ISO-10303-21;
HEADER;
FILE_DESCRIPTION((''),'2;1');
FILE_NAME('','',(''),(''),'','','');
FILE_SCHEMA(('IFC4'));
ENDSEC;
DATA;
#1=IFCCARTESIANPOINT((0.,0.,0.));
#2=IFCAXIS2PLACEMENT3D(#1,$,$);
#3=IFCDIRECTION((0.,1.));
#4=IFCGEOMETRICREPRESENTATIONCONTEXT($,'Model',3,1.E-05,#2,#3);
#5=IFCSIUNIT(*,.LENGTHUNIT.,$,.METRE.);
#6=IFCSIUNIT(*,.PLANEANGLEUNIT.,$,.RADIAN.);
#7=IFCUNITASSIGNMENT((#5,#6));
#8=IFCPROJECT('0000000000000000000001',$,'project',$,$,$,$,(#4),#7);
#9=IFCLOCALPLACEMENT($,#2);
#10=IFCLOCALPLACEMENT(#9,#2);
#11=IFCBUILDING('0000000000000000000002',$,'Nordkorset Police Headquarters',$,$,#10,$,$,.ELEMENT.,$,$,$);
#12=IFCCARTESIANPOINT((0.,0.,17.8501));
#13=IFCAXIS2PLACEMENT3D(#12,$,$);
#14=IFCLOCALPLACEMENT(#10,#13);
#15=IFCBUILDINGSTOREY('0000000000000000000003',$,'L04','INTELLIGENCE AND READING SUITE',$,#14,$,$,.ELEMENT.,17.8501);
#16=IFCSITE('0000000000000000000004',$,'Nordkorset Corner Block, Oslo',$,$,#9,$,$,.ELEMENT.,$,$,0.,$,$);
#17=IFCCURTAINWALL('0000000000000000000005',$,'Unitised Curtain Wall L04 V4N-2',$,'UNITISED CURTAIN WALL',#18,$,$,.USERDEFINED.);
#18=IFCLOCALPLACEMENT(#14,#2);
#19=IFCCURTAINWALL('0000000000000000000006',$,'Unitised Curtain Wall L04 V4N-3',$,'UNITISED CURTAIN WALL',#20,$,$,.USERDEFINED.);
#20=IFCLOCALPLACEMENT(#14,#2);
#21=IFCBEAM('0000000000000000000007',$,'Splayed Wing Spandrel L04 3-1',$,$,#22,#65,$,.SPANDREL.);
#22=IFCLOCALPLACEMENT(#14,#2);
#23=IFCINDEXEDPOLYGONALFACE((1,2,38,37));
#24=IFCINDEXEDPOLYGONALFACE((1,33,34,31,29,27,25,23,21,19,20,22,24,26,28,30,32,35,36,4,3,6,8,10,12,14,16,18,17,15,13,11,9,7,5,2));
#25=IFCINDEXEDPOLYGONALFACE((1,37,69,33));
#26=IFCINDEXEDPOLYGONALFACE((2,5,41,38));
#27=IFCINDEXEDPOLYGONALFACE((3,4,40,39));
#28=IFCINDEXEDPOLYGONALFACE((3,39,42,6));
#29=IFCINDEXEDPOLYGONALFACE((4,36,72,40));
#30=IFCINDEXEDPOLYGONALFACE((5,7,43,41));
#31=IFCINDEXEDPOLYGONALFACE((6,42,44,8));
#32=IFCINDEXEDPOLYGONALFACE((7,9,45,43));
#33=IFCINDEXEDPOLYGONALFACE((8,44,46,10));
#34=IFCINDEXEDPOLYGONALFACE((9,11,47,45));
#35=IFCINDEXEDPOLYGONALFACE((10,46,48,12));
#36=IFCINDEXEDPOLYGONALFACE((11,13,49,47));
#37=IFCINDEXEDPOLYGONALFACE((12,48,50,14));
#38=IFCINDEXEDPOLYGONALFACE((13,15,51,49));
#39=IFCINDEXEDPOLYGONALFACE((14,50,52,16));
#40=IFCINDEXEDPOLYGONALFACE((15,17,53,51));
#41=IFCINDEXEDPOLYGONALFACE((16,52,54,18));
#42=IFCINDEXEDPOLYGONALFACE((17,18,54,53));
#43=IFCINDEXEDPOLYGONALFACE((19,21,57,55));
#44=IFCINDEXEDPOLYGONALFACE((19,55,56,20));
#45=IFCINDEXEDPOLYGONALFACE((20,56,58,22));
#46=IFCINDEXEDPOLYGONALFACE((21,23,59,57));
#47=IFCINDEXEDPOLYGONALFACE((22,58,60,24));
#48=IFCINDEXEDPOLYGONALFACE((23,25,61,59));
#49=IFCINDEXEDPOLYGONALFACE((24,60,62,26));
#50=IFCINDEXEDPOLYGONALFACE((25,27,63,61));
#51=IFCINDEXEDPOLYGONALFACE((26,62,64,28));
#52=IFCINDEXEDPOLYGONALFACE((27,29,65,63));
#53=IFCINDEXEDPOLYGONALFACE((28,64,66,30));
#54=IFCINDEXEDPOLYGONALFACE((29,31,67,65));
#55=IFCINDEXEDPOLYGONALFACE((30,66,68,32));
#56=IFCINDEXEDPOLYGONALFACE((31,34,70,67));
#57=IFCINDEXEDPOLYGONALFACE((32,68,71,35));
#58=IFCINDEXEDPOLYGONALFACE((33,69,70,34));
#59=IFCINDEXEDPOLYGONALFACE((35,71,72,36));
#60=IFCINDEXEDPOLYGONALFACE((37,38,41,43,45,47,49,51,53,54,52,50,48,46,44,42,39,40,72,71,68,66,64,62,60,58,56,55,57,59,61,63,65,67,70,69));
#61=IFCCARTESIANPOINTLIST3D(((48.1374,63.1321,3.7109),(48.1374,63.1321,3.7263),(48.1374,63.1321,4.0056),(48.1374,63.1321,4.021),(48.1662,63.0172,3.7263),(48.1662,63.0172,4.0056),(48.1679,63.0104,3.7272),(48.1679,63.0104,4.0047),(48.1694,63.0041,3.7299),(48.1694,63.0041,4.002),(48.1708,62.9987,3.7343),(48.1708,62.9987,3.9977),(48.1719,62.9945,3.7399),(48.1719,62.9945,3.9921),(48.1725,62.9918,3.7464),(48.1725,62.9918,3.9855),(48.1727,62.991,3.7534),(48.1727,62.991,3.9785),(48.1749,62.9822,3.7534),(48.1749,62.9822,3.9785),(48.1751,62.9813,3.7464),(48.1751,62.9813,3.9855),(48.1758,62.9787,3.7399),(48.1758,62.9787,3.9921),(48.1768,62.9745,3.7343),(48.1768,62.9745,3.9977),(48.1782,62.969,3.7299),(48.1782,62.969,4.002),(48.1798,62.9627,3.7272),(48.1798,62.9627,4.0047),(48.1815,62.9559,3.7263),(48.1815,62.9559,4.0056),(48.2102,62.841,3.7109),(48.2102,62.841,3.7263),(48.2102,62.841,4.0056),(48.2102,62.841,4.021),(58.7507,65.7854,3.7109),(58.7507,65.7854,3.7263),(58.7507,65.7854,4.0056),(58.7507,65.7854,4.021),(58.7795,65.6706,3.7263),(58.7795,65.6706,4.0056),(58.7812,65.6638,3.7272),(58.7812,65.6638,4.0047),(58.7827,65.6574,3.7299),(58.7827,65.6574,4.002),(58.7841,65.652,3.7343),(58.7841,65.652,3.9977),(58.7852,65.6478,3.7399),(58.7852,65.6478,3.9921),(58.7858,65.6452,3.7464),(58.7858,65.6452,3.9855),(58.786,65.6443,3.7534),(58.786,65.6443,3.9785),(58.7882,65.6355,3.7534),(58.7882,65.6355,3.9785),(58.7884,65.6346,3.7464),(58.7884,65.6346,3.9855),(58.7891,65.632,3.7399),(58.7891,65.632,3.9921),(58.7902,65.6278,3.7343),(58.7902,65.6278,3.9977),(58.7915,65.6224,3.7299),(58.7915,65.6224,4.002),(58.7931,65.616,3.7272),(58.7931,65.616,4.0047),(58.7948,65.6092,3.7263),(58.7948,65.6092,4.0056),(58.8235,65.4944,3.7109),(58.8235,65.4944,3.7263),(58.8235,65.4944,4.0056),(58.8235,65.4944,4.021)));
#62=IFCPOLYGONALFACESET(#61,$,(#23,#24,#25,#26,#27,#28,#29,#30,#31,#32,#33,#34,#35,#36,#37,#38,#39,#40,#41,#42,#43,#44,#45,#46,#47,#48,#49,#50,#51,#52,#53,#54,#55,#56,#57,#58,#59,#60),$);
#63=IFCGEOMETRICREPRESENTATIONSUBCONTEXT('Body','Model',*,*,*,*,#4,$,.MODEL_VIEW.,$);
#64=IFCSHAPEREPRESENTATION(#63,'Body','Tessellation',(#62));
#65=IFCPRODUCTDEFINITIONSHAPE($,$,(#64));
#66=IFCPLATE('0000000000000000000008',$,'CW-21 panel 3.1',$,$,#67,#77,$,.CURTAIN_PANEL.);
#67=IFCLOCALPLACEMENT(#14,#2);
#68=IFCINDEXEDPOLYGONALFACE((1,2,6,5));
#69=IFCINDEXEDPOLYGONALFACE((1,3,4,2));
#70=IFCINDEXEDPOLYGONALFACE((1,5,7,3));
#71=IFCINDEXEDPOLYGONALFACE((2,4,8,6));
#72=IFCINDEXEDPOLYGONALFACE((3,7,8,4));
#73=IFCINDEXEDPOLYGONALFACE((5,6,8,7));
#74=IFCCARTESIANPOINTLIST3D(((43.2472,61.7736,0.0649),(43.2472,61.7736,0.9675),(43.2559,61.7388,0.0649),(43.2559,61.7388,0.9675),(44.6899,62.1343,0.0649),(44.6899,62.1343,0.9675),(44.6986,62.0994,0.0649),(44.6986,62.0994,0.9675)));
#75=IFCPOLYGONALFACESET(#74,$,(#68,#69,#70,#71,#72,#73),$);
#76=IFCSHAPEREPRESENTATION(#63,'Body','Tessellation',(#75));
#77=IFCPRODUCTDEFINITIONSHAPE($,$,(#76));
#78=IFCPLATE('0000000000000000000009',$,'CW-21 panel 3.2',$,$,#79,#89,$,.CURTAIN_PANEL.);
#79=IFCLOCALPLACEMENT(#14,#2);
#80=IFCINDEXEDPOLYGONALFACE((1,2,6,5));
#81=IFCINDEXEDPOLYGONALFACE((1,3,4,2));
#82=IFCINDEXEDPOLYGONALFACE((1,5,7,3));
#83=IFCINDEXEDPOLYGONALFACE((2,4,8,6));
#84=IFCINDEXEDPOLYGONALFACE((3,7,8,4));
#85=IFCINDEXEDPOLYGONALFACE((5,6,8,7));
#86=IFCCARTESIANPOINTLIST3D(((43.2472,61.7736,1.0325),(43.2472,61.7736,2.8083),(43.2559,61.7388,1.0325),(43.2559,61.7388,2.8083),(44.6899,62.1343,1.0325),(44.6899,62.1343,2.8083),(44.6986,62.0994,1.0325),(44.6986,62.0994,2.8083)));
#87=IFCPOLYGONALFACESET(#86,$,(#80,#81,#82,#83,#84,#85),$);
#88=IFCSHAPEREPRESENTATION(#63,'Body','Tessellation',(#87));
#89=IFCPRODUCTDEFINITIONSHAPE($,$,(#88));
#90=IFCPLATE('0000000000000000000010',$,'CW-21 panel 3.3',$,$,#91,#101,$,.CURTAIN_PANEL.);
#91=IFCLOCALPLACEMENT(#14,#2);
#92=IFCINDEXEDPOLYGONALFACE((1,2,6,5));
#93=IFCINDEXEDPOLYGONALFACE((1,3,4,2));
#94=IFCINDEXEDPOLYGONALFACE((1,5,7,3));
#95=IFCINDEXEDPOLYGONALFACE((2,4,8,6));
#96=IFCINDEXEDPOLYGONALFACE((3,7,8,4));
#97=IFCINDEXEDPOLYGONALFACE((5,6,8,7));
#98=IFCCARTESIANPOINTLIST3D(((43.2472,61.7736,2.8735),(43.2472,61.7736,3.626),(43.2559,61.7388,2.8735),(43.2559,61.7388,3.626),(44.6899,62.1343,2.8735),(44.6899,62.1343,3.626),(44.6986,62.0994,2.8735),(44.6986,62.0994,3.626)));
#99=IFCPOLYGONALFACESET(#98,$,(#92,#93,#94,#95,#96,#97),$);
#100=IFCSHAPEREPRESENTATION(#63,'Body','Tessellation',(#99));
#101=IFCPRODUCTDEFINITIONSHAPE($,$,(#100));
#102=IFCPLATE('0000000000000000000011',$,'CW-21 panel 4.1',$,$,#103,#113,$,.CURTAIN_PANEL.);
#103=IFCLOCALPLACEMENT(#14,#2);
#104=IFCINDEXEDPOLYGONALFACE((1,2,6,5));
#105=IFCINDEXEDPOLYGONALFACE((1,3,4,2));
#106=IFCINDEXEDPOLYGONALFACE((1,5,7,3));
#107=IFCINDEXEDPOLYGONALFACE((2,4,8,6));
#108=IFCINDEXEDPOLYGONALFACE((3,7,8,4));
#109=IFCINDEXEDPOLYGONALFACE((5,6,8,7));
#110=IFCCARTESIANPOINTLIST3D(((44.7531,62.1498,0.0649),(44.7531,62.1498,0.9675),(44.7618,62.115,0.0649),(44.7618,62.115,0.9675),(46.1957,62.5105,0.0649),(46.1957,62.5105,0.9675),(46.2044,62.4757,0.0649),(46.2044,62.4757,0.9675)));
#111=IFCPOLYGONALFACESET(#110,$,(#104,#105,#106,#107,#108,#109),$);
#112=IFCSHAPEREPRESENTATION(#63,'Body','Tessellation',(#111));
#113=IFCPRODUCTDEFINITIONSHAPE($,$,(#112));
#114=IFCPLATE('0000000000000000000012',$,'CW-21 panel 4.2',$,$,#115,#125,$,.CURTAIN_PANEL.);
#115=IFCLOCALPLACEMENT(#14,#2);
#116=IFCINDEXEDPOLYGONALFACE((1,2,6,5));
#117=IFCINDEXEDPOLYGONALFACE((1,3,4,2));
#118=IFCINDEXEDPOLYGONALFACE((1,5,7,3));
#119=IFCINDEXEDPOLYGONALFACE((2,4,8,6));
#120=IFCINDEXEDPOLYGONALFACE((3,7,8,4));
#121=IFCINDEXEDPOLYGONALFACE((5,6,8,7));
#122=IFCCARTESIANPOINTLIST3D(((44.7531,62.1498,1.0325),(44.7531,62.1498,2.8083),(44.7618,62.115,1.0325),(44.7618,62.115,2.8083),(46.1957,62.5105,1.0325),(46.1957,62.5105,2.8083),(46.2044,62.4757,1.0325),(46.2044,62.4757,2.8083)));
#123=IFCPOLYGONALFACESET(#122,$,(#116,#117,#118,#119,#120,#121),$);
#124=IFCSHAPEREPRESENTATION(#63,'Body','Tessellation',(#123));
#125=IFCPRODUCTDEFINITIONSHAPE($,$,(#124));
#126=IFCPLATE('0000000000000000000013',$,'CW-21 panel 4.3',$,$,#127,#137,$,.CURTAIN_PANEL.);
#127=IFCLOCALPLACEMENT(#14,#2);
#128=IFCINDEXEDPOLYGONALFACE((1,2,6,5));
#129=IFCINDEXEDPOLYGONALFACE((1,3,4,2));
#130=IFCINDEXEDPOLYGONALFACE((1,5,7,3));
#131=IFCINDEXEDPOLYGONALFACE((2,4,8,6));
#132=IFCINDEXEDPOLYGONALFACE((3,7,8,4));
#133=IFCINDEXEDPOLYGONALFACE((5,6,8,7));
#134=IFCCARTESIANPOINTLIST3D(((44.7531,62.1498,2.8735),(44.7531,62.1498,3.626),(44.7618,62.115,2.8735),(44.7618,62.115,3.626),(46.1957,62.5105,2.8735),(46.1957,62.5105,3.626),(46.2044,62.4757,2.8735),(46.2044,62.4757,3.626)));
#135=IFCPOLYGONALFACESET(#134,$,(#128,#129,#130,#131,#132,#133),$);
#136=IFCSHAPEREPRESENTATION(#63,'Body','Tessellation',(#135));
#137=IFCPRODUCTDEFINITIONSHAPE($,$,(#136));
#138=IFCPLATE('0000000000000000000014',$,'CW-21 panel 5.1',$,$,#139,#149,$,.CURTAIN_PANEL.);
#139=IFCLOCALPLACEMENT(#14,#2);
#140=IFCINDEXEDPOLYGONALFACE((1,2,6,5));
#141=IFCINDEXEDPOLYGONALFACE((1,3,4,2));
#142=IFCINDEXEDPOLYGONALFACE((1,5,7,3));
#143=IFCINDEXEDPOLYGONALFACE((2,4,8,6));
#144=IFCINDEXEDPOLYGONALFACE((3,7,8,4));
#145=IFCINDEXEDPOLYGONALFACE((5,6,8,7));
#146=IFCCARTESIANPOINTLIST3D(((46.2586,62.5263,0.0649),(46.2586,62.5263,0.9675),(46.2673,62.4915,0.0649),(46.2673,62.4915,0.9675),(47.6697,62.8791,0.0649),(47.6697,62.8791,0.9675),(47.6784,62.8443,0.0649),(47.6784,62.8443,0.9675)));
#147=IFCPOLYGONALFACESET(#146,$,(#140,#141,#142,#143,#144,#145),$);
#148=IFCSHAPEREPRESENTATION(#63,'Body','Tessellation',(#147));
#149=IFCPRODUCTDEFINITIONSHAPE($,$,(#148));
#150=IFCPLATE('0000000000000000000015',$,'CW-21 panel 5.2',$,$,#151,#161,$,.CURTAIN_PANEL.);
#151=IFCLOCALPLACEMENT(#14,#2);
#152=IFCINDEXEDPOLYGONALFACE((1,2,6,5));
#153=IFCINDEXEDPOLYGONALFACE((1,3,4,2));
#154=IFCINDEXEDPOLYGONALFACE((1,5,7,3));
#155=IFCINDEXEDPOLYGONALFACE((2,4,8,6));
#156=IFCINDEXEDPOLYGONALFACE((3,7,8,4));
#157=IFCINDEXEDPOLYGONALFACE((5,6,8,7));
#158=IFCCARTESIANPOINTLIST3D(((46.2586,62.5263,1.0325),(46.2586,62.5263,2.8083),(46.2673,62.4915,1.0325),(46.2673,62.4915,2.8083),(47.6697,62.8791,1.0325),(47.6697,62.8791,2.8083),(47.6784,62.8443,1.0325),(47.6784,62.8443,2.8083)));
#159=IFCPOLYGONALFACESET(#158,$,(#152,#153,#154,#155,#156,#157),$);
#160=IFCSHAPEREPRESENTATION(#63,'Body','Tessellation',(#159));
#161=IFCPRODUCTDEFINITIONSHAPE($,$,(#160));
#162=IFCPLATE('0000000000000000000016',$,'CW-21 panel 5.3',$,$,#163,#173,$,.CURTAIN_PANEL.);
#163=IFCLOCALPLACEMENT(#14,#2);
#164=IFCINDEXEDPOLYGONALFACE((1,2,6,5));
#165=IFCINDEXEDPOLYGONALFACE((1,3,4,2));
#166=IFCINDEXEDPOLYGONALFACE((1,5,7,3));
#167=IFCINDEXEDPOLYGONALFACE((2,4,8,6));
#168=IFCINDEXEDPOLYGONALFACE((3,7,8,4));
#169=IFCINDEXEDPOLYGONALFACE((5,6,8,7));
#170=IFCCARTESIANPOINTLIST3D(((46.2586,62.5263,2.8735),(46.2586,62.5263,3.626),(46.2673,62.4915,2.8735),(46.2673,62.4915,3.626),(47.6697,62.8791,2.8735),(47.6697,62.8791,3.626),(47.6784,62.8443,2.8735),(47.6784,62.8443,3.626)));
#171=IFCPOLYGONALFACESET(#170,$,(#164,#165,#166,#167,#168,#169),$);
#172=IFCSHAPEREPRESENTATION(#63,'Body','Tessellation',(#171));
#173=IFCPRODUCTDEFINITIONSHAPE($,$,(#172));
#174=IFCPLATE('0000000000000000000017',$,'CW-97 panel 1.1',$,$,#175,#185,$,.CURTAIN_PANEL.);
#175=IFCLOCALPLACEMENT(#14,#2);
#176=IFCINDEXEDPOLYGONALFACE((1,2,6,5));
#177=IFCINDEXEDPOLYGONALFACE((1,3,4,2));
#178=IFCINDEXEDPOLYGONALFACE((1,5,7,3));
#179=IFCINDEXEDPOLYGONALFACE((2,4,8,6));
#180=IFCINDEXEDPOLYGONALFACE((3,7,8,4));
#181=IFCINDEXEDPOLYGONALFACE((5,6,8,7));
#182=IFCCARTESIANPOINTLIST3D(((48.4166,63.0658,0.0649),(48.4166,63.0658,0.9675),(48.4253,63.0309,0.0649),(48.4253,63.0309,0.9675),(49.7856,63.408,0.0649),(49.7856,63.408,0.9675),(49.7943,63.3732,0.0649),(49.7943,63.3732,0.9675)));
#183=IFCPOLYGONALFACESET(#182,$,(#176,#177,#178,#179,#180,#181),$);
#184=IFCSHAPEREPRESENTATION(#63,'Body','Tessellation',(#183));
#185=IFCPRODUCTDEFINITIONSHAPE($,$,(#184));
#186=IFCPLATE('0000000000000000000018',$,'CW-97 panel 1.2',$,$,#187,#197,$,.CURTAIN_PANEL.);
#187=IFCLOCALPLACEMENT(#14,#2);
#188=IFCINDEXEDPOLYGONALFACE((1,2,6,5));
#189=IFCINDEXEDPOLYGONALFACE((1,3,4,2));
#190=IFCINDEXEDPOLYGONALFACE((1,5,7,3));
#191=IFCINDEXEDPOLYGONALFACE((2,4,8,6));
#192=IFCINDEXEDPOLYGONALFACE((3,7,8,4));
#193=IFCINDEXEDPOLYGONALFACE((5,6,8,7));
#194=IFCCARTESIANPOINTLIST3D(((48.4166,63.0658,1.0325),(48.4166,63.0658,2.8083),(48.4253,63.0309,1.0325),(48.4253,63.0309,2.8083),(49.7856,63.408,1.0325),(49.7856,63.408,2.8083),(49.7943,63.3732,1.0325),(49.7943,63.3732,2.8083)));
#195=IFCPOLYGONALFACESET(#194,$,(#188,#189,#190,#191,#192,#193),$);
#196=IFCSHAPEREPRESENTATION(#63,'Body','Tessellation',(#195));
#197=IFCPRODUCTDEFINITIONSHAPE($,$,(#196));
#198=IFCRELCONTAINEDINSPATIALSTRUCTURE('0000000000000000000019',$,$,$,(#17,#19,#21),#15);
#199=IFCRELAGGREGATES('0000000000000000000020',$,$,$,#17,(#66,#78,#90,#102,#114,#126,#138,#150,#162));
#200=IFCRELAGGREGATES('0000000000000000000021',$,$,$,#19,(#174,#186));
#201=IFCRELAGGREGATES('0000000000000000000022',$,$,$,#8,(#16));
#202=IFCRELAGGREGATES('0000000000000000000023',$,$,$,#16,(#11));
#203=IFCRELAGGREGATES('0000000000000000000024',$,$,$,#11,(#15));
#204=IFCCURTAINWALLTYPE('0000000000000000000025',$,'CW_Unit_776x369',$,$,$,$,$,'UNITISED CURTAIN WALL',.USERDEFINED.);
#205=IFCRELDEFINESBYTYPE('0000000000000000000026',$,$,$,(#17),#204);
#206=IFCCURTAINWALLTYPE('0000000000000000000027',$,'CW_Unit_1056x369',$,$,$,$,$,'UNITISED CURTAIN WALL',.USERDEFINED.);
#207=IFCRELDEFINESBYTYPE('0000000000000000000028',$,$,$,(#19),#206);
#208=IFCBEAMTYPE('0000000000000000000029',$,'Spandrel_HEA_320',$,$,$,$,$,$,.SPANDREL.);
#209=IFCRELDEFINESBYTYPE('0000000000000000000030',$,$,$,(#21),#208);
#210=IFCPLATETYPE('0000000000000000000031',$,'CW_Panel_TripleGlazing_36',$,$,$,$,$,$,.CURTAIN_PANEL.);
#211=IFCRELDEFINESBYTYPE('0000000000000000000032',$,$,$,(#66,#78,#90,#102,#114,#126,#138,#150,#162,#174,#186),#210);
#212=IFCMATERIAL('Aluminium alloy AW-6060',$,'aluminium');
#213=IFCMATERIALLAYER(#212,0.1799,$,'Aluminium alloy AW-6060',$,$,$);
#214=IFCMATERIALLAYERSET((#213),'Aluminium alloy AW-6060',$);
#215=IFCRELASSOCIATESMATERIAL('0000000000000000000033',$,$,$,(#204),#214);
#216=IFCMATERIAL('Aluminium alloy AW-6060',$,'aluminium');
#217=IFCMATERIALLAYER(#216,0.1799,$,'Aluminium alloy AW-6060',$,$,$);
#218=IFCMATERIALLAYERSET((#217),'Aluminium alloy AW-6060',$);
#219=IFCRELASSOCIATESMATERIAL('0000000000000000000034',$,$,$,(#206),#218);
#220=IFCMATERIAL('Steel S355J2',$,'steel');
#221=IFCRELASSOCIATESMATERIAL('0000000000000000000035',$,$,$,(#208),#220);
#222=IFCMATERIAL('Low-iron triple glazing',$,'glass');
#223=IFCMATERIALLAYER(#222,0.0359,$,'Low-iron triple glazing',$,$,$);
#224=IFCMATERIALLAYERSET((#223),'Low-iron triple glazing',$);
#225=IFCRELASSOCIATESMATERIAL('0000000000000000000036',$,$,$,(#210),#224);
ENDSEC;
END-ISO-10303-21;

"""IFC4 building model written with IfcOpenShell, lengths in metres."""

from ifc_helpers import new_model, si_unit, direction, frame, origin, origin_2d, place, context, subcontext, project, spatial, rectangle, i_section, extrude, material, layer, layer_set, material_profile, profile_set, type_object, element, aggregate, save


model = new_model("IFC4")

# Units and contexts
model_context = context("Model", 3, precision=1e-05, world=origin(), true_north=direction((0.0, 1.0)))
body_context = subcontext(model_context, "Body", "Model", "MODEL_VIEW")
ifc_project = project(units=[si_unit("LENGTHUNIT", "METRE"), si_unit("PLANEANGLEUNIT", "RADIAN")], contexts=[model_context])

# Site, building, storey
site_placement = place(None, origin())
site = spatial("IfcSite", under=ifc_project, at=site_placement, Name="Nordkorset Corner Block, Oslo", CompositionType="ELEMENT", RefElevation=0.0)
building_placement = place(site_placement, origin())
building = spatial("IfcBuilding", under=site, at=building_placement, Name="Nordkorset Police Headquarters", CompositionType="ELEMENT")
storey_placement = place(building_placement, frame((0.0, 0.0, 17.8501)))
storey = spatial("IfcBuildingStorey", under=building, at=storey_placement, Name="L04", Description="INTELLIGENCE AND READING SUITE", CompositionType="ELEMENT", Elevation=17.8501)

# Curtain walls
ifc_material_1 = material(Name="Aluminium alloy AW-6060", Category="aluminium")
ifc_layer_1 = layer(ifc_material_1, 0.1799, Name="Aluminium alloy AW-6060")
ifc_layer_set_1 = layer_set([ifc_layer_1], Name="Aluminium alloy AW-6060")
curtain_wall_type_1 = type_object("IfcCurtainWallType", Name="CW_Unit_776x369", ElementType="UNITISED CURTAIN WALL", PredefinedType="USERDEFINED", material=ifc_layer_set_1)
curtain_wall_1_placement = place(storey_placement, origin())
curtain_wall_1 = element("IfcCurtainWall", 1, at=curtain_wall_1_placement, inside=storey, type_object=curtain_wall_type_1, Name="Unitised Curtain Wall L04 V4N-2", ObjectType="UNITISED CURTAIN WALL", PredefinedType="USERDEFINED")
ifc_material_2 = material(Name="Aluminium alloy AW-6060", Category="aluminium")
ifc_layer_2 = layer(ifc_material_2, 0.1799, Name="Aluminium alloy AW-6060")
ifc_layer_set_2 = layer_set([ifc_layer_2], Name="Aluminium alloy AW-6060")
curtain_wall_type_2 = type_object("IfcCurtainWallType", Name="CW_Unit_1056x369", ElementType="UNITISED CURTAIN WALL", PredefinedType="USERDEFINED", material=ifc_layer_set_2)
curtain_wall_2_placement = place(storey_placement, origin())
curtain_wall_2 = element("IfcCurtainWall", 2, at=curtain_wall_2_placement, inside=storey, type_object=curtain_wall_type_2, Name="Unitised Curtain Wall L04 V4N-3", ObjectType="UNITISED CURTAIN WALL", PredefinedType="USERDEFINED")

# Beam
ifc_material_3 = material(Name="Steel S355J2", Category="steel")
ifc_material_profile_1 = material_profile(ifc_material_3, i_section(OverallWidth=0.3, OverallDepth=0.3101, WebThickness=0.009, FlangeThickness=0.0154, FilletRadius=0.0271, at=origin_2d()), Name="HEA 320")
ifc_profile_set_1 = profile_set([ifc_material_profile_1], Name="Steel S355J2")
beam_type = type_object("IfcBeamType", Name="Spandrel_HEA_320", PredefinedType="SPANDREL", material=ifc_profile_set_1)
beam_placement = place(storey_placement, frame((48.1738, 62.9866, 3.866), z_axis=(0.970143, 0.242536, 0.0), x_axis=(-0.242536, 0.970143, 0.0)))
element("IfcBeam", 3, at=beam_placement, inside=storey, type_object=beam_type, Name="Splayed Wing Spandrel L04 3-1", PredefinedType="SPANDREL", context=body_context, shape_type="SweptSolid", body=[
    extrude(i_section(OverallWidth=0.3, OverallDepth=0.3101, WebThickness=0.009, FlangeThickness=0.0154, FilletRadius=0.0271, at=origin_2d()), origin(), (0.0, 0.0, 1.0), 10.9399),
])

# Plates
ifc_material_4 = material(Name="Low-iron triple glazing", Category="glass")
ifc_layer_3 = layer(ifc_material_4, 0.0359, Name="Low-iron triple glazing")
ifc_layer_set_3 = layer_set([ifc_layer_3], Name="Low-iron triple glazing")
plate_type = type_object("IfcPlateType", Name="CW_Panel_TripleGlazing_36", PredefinedType="CURTAIN_PANEL", material=ifc_layer_set_3)
plate_1_placement = place(storey_placement, frame((43.9729, 61.9365, 0.0649), z_axis=(0.0, 0.0, 1.0), x_axis=(0.970142, 0.242536, 0.0)))
plate_1 = element("IfcPlate", 4, at=plate_1_placement, type_object=plate_type, Name="CW-21 panel 3.1", PredefinedType="CURTAIN_PANEL", context=body_context, shape_type="SweptSolid", body=[
    extrude(rectangle(XDim=1.4871, YDim=0.0359, at=origin_2d()), origin(), (0.0, 0.0, 1.0), 0.9026),
])
plate_2_placement = place(storey_placement, frame((43.9729, 61.9365, 1.0325), z_axis=(0.0, 0.0, 1.0), x_axis=(0.970142, 0.242536, 0.0)))
plate_2 = element("IfcPlate", 5, at=plate_2_placement, type_object=plate_type, Name="CW-21 panel 3.2", PredefinedType="CURTAIN_PANEL", context=body_context, shape_type="SweptSolid", body=[
    extrude(rectangle(XDim=1.4871, YDim=0.0359, at=origin_2d()), origin(), (0.0, 0.0, 1.0), 1.7759),
])
plate_3_placement = place(storey_placement, frame((43.9729, 61.9365, 2.8735), z_axis=(0.0, 0.0, 1.0), x_axis=(0.970142, 0.242536, 0.0)))
plate_3 = element("IfcPlate", 6, at=plate_3_placement, type_object=plate_type, Name="CW-21 panel 3.3", PredefinedType="CURTAIN_PANEL", context=body_context, shape_type="SweptSolid", body=[
    extrude(rectangle(XDim=1.4871, YDim=0.0359, at=origin_2d()), origin(), (0.0, 0.0, 1.0), 0.7524),
])
plate_4_placement = place(storey_placement, frame((45.4788, 62.3127, 0.0649), z_axis=(0.0, 0.0, 1.0), x_axis=(0.970142, 0.242536, 0.0)))
plate_4 = element("IfcPlate", 7, at=plate_4_placement, type_object=plate_type, Name="CW-21 panel 4.1", PredefinedType="CURTAIN_PANEL", context=body_context, shape_type="SweptSolid", body=[
    extrude(rectangle(XDim=1.4871, YDim=0.0359, at=origin_2d()), origin(), (0.0, 0.0, 1.0), 0.9026),
])
plate_5_placement = place(storey_placement, frame((45.4788, 62.3127, 1.0325), z_axis=(0.0, 0.0, 1.0), x_axis=(0.970142, 0.242536, 0.0)))
plate_5 = element("IfcPlate", 8, at=plate_5_placement, type_object=plate_type, Name="CW-21 panel 4.2", PredefinedType="CURTAIN_PANEL", context=body_context, shape_type="SweptSolid", body=[
    extrude(rectangle(XDim=1.4871, YDim=0.0359, at=origin_2d()), origin(), (0.0, 0.0, 1.0), 1.7759),
])
plate_6_placement = place(storey_placement, frame((45.4788, 62.3127, 2.8735), z_axis=(0.0, 0.0, 1.0), x_axis=(0.970142, 0.242536, 0.0)))
plate_6 = element("IfcPlate", 9, at=plate_6_placement, type_object=plate_type, Name="CW-21 panel 4.3", PredefinedType="CURTAIN_PANEL", context=body_context, shape_type="SweptSolid", body=[
    extrude(rectangle(XDim=1.4871, YDim=0.0359, at=origin_2d()), origin(), (0.0, 0.0, 1.0), 0.7524),
])
plate_7_placement = place(storey_placement, frame((46.9685, 62.6853, 0.0649), z_axis=(0.0, 0.0, 1.0), x_axis=(0.970142, 0.242536, 0.0)))
plate_7 = element("IfcPlate", 10, at=plate_7_placement, type_object=plate_type, Name="CW-21 panel 5.1", PredefinedType="CURTAIN_PANEL", context=body_context, shape_type="SweptSolid", body=[
    extrude(rectangle(XDim=1.4546, YDim=0.0359, at=origin_2d()), origin(), (0.0, 0.0, 1.0), 0.9026),
])
plate_8_placement = place(storey_placement, frame((46.9685, 62.6853, 1.0325), z_axis=(0.0, 0.0, 1.0), x_axis=(0.970142, 0.242536, 0.0)))
plate_8 = element("IfcPlate", 11, at=plate_8_placement, type_object=plate_type, Name="CW-21 panel 5.2", PredefinedType="CURTAIN_PANEL", context=body_context, shape_type="SweptSolid", body=[
    extrude(rectangle(XDim=1.4546, YDim=0.0359, at=origin_2d()), origin(), (0.0, 0.0, 1.0), 1.7759),
])
plate_9_placement = place(storey_placement, frame((46.9685, 62.6853, 2.8735), z_axis=(0.0, 0.0, 1.0), x_axis=(0.970142, 0.242536, 0.0)))
plate_9 = element("IfcPlate", 12, at=plate_9_placement, type_object=plate_type, Name="CW-21 panel 5.3", PredefinedType="CURTAIN_PANEL", context=body_context, shape_type="SweptSolid", body=[
    extrude(rectangle(XDim=1.4546, YDim=0.0359, at=origin_2d()), origin(), (0.0, 0.0, 1.0), 0.7524),
])
aggregate(curtain_wall_1, [plate_1, plate_2, plate_3, plate_4, plate_5, plate_6, plate_7, plate_8, plate_9])
plate_10_placement = place(storey_placement, frame((49.1055, 63.2195, 0.0649), z_axis=(0.0, 0.0, 1.0), x_axis=(0.970142, 0.242536, 0.0)))
plate_10 = element("IfcPlate", 13, at=plate_10_placement, type_object=plate_type, Name="CW-97 panel 1.1", PredefinedType="CURTAIN_PANEL", context=body_context, shape_type="SweptSolid", body=[
    extrude(rectangle(XDim=1.4111, YDim=0.0359, at=origin_2d()), origin(), (0.0, 0.0, 1.0), 0.9026),
])
plate_11_placement = place(storey_placement, frame((49.1055, 63.2195, 1.0325), z_axis=(0.0, 0.0, 1.0), x_axis=(0.970142, 0.242536, 0.0)))
plate_11 = element("IfcPlate", 14, at=plate_11_placement, type_object=plate_type, Name="CW-97 panel 1.2", PredefinedType="CURTAIN_PANEL", context=body_context, shape_type="SweptSolid", body=[
    extrude(rectangle(XDim=1.4111, YDim=0.0359, at=origin_2d()), origin(), (0.0, 0.0, 1.0), 1.7759),
])
aggregate(curtain_wall_2, [plate_10, plate_11])

save(model, "model.ifc")
